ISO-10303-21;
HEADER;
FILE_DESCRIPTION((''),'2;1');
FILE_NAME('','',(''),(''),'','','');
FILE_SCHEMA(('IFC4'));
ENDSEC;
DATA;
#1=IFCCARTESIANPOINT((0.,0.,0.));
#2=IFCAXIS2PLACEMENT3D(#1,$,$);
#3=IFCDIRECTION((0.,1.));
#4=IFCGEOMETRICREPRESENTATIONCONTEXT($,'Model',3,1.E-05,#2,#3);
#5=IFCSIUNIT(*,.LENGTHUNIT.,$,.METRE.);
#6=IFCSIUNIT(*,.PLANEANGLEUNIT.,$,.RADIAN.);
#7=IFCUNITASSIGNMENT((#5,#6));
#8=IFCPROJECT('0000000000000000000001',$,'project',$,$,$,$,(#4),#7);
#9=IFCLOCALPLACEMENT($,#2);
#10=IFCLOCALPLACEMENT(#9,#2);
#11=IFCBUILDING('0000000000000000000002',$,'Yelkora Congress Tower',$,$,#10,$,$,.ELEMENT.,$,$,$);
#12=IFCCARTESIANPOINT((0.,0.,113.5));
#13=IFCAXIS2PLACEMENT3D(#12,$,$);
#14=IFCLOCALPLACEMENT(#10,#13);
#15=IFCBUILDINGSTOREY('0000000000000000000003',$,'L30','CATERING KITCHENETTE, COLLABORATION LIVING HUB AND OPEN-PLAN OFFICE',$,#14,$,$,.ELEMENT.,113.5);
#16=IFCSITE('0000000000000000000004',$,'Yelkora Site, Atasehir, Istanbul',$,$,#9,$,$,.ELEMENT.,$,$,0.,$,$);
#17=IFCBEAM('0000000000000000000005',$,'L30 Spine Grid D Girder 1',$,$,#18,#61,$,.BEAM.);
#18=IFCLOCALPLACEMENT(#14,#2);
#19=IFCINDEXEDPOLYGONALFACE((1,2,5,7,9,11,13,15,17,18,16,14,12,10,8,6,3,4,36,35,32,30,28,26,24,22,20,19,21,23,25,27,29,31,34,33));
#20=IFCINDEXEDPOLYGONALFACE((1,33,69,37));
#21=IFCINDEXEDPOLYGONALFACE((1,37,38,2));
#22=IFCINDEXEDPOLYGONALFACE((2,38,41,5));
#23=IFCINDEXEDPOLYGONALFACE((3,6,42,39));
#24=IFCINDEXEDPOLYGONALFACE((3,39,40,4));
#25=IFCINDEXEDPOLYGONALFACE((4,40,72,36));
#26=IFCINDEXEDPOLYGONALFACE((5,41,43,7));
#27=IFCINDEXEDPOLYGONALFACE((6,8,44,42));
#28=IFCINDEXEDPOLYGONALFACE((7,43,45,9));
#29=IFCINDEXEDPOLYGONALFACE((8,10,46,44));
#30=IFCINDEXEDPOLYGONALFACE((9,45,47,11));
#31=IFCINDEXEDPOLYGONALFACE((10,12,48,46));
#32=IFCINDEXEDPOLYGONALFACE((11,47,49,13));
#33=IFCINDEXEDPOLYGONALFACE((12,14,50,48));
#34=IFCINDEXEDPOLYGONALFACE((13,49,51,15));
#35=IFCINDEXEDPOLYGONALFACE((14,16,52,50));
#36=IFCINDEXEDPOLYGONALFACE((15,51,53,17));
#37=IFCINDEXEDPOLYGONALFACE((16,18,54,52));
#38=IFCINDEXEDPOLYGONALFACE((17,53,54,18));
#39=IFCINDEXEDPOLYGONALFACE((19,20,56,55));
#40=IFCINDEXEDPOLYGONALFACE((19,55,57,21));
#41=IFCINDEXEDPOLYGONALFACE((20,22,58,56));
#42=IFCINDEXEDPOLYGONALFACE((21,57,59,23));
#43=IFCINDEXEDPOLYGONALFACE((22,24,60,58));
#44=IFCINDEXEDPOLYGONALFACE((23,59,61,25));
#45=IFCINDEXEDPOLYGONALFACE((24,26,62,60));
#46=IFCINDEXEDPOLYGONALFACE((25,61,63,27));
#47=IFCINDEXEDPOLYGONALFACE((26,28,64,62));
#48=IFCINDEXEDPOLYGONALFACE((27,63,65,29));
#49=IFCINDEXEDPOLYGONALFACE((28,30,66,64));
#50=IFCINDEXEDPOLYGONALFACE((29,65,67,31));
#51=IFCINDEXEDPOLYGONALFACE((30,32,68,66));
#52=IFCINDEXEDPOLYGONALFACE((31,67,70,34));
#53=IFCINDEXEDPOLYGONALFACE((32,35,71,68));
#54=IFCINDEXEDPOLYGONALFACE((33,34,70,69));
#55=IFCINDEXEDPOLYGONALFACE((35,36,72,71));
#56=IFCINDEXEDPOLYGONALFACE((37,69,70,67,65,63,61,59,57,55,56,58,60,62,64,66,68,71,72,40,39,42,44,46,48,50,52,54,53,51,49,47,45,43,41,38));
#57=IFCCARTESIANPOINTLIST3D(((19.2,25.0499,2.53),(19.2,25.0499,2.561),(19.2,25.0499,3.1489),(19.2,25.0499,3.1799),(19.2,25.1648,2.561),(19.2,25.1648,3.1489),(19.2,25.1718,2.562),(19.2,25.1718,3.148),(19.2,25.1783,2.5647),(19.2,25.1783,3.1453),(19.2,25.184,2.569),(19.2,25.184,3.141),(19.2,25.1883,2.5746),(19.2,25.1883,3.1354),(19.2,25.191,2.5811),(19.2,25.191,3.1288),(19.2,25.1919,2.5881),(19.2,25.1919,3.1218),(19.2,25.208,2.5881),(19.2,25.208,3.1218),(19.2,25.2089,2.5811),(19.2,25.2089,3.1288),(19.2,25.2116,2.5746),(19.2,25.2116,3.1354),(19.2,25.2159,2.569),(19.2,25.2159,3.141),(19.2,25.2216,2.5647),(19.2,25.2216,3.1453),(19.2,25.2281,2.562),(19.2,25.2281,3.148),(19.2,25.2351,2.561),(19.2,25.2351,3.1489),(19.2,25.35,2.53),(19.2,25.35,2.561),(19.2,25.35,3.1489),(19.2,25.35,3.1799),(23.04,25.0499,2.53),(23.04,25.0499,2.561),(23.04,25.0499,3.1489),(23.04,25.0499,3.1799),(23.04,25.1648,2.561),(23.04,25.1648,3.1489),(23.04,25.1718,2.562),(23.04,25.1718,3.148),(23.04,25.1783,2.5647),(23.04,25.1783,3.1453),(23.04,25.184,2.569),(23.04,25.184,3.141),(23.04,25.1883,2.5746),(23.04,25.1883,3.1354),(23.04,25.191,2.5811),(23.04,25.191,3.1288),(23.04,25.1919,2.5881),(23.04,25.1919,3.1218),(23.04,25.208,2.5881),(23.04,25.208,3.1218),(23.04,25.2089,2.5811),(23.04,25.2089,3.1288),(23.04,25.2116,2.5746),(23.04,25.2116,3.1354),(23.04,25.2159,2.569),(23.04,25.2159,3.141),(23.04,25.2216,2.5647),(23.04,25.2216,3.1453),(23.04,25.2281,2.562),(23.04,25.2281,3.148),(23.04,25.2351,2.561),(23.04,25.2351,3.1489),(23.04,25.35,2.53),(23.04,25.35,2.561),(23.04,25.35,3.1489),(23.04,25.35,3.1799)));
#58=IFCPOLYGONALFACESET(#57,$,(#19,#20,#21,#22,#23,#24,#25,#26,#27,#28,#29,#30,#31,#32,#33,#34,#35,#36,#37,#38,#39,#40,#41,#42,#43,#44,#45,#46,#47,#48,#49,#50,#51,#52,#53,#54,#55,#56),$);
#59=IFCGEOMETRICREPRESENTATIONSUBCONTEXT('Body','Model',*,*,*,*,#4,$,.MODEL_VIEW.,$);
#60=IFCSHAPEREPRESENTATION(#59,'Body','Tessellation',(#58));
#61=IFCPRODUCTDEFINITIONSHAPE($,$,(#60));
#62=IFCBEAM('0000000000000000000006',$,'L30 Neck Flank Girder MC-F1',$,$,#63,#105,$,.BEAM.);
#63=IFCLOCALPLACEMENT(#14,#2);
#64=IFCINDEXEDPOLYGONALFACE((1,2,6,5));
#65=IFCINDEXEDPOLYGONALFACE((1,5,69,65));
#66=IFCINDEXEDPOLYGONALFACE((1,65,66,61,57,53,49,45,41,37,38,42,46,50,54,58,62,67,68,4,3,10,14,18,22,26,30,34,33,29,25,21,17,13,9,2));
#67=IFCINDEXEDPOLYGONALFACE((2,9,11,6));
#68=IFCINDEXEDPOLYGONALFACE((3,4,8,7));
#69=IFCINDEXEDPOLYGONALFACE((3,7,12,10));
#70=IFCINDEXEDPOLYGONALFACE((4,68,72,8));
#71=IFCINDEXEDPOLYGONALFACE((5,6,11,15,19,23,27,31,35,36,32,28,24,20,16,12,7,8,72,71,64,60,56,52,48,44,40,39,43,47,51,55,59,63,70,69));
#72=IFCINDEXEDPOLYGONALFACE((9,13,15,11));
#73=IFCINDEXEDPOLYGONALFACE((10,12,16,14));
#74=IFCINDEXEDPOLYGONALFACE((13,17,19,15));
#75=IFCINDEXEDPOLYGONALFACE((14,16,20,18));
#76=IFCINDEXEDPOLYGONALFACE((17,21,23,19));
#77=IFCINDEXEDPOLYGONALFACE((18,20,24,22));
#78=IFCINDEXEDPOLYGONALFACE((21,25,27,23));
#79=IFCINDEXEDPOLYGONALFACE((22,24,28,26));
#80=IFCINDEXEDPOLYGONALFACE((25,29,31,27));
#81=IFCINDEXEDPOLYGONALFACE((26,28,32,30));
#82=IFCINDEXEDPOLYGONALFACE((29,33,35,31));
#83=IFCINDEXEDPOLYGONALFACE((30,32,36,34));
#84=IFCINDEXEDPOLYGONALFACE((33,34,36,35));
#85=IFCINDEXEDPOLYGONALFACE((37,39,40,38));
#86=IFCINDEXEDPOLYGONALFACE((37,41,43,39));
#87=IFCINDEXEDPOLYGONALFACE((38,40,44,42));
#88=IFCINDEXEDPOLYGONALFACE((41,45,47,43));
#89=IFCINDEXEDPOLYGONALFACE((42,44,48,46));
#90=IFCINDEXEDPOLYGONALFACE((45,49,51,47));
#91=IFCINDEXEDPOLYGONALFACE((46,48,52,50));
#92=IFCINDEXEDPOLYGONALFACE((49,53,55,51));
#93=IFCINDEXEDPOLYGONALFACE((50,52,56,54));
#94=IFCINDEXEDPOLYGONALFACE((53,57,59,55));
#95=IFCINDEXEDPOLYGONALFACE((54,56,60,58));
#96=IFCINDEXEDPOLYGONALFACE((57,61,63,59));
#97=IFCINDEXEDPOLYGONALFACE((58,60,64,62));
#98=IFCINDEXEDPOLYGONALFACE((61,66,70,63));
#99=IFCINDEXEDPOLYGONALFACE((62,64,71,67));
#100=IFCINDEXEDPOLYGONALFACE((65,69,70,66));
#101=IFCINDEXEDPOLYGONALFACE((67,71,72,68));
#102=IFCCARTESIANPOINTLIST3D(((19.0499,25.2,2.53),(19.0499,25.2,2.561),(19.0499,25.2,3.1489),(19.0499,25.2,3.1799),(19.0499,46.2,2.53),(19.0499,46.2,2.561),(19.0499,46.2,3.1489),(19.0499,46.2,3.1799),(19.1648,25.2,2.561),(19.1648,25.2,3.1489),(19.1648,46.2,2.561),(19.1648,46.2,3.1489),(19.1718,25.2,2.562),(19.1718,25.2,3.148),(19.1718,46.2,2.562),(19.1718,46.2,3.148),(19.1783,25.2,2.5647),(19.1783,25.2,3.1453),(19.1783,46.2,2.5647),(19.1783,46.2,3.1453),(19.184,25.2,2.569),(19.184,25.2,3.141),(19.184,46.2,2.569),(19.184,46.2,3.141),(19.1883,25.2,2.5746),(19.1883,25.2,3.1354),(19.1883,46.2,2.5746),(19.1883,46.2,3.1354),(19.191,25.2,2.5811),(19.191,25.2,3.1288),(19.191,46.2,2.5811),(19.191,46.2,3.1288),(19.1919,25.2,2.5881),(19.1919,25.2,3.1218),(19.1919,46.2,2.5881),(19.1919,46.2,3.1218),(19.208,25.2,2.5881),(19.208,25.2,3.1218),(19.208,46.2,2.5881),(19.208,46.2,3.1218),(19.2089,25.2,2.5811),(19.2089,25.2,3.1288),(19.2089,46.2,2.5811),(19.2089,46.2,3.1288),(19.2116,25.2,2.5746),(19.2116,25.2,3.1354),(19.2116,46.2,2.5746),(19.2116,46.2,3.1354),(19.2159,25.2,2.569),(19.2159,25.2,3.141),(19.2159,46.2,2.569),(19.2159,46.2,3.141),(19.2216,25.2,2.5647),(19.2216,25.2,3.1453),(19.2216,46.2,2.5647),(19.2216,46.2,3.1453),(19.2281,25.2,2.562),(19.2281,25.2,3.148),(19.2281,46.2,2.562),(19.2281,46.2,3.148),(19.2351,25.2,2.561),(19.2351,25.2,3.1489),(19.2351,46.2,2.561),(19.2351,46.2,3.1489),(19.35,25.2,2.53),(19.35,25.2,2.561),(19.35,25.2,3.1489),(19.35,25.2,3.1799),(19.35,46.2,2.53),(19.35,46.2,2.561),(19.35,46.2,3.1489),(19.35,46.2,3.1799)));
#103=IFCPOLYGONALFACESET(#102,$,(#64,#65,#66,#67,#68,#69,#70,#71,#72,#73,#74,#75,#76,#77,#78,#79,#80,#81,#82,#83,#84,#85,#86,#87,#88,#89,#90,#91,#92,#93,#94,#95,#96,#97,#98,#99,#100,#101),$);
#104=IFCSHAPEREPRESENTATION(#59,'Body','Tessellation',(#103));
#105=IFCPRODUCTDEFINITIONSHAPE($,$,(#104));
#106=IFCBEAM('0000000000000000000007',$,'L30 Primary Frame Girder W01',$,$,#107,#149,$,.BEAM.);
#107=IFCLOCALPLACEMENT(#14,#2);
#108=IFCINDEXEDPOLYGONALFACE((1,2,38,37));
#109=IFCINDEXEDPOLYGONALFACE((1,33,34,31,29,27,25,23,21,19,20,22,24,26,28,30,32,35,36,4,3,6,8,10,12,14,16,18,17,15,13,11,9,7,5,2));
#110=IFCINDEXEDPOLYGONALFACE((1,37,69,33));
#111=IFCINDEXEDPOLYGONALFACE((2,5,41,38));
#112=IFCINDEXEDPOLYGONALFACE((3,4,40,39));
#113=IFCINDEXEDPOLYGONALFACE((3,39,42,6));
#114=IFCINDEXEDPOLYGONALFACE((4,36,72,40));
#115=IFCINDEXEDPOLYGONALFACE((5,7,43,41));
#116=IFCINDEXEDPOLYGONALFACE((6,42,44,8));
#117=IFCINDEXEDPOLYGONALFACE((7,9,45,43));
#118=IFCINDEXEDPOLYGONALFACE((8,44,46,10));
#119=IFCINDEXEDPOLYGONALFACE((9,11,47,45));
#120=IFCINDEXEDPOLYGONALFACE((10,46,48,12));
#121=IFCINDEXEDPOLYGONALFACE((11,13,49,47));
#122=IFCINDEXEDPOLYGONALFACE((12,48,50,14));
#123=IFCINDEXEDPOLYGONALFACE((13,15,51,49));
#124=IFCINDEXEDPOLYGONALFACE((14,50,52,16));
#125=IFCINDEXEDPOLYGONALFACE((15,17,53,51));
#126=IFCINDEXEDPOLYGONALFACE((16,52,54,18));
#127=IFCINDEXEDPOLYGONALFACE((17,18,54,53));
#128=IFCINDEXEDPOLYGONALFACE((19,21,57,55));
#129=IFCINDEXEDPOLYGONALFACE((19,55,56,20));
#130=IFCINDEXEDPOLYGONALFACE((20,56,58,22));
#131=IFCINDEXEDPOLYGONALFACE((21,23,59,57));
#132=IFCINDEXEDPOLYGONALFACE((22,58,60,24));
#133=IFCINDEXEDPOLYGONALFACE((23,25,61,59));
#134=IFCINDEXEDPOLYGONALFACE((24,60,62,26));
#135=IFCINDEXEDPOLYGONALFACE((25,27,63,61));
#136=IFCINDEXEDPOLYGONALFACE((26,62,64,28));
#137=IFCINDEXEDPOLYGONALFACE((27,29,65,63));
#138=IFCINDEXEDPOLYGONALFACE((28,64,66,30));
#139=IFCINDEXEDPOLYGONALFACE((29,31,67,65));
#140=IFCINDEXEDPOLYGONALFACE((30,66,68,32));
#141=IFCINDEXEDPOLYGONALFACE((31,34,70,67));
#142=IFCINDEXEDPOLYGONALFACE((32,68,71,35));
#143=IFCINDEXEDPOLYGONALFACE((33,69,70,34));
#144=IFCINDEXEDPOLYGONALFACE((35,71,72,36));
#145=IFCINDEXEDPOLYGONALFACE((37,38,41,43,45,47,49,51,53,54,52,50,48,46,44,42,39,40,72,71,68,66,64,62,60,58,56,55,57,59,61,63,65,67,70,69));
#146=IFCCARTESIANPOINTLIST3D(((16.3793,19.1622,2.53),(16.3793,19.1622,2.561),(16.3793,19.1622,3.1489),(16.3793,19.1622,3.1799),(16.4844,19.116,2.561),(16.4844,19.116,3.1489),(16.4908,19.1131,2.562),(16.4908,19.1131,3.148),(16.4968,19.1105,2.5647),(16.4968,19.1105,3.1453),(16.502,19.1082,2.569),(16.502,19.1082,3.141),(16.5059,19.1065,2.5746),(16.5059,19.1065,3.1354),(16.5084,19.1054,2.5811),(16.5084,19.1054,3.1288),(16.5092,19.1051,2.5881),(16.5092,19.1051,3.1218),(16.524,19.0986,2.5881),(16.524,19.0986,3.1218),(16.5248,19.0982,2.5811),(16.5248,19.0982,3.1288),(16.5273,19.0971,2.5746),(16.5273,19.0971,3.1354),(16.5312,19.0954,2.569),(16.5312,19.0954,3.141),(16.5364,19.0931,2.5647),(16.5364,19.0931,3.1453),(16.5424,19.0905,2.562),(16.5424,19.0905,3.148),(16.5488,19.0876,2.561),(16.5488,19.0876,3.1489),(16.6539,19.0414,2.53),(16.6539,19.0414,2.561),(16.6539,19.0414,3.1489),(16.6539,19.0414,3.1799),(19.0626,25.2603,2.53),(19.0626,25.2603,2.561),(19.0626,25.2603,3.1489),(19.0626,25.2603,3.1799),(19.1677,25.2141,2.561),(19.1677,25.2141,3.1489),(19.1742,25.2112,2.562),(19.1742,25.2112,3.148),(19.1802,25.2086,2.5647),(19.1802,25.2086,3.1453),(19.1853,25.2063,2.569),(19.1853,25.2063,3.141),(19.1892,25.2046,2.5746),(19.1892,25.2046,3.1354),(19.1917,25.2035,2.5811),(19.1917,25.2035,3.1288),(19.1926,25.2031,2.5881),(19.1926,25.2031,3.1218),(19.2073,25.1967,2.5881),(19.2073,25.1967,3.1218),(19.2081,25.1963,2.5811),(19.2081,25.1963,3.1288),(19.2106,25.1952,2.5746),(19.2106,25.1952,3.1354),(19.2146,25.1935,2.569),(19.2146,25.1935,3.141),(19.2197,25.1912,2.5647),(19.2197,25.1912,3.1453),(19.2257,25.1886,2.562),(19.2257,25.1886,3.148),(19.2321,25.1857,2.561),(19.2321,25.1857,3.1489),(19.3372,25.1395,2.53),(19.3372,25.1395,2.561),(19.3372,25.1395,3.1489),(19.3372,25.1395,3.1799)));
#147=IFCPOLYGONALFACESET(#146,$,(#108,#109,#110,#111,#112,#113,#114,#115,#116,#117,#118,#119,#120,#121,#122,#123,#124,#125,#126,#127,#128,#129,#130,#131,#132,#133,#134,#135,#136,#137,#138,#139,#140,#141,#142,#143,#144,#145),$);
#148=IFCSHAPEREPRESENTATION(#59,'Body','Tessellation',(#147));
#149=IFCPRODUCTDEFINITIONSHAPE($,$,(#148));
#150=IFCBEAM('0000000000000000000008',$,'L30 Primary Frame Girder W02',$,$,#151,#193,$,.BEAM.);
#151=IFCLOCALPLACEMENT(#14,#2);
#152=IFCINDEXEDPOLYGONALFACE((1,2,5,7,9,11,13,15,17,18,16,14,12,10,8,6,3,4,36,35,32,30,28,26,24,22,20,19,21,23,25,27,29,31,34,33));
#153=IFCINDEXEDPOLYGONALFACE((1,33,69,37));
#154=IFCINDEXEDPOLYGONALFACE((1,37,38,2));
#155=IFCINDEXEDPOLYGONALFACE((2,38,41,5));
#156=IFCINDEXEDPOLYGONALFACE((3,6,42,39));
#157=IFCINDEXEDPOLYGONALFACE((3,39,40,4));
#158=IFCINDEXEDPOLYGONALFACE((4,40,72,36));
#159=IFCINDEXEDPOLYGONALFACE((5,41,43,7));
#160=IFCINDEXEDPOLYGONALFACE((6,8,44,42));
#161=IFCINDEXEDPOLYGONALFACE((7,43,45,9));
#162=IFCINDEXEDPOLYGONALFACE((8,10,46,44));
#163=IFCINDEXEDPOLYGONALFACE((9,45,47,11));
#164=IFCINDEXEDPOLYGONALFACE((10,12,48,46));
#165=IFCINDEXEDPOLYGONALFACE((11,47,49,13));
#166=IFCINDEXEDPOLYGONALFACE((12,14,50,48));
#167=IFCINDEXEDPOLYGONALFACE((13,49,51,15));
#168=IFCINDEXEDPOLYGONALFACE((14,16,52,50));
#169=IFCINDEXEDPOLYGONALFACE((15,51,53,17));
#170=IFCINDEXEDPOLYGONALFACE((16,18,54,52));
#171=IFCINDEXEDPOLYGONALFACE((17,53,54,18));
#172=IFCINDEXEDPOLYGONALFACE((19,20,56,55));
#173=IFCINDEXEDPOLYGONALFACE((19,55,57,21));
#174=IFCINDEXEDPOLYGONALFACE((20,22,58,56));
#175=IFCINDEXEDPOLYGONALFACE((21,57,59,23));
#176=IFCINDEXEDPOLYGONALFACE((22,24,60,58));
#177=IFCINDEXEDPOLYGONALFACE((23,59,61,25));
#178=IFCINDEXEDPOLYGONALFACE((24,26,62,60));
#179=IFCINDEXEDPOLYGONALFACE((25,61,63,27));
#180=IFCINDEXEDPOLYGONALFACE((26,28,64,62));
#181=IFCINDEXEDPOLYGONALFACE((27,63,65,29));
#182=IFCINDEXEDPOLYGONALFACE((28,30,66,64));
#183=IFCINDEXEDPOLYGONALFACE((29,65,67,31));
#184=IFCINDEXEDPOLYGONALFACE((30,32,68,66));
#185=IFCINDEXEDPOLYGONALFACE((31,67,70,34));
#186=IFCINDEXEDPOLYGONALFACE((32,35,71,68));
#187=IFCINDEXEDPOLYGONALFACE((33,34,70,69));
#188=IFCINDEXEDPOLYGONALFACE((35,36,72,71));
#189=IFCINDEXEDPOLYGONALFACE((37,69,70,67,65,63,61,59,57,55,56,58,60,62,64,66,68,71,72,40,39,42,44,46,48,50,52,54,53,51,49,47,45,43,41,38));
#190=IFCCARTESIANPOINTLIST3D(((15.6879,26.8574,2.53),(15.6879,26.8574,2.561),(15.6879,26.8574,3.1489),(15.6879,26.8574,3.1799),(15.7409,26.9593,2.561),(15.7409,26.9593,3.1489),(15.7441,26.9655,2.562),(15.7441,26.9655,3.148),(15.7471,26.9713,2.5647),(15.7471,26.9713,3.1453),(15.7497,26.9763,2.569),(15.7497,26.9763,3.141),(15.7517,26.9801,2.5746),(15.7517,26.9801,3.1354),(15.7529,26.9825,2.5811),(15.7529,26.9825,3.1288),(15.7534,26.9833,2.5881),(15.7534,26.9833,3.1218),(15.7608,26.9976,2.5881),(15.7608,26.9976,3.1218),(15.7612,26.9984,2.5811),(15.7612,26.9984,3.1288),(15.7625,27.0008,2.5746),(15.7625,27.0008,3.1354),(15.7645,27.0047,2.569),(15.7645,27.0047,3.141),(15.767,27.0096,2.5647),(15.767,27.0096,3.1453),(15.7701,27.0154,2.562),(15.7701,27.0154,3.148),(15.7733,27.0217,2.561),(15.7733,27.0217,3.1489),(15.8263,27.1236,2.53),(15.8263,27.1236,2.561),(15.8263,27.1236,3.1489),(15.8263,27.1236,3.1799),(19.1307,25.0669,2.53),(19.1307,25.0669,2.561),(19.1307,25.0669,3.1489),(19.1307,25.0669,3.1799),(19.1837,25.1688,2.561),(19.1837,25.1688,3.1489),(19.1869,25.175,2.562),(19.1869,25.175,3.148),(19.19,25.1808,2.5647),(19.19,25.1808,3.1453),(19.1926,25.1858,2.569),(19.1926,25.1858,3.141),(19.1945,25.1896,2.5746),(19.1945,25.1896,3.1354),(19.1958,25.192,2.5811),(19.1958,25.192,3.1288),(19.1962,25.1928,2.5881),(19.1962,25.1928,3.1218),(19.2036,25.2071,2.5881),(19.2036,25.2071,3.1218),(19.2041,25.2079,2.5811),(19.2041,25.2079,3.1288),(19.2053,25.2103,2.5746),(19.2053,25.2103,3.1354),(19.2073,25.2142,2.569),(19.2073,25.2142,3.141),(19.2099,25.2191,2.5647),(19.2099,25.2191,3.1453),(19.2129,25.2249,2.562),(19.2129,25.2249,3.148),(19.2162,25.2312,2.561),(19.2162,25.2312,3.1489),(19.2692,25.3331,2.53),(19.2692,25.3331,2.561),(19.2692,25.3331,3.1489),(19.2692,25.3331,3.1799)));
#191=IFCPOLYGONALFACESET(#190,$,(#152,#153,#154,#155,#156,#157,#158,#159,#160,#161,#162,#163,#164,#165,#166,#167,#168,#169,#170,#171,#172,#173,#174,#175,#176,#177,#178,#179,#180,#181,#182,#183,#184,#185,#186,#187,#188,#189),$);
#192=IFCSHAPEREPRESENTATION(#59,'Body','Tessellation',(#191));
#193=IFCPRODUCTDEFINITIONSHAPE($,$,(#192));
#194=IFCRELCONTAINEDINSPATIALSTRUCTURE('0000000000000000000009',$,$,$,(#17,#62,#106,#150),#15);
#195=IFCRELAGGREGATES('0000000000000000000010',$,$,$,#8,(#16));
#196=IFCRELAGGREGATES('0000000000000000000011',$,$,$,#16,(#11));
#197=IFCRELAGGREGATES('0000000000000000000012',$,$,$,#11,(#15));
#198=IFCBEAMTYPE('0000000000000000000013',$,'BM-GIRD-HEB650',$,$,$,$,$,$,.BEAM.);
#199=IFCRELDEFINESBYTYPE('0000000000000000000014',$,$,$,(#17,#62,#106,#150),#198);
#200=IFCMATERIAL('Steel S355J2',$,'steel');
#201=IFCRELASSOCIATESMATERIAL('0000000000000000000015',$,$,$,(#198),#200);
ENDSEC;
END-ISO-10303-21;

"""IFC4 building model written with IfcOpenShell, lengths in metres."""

from ifc_helpers import new_model, si_unit, direction, frame, origin, origin_2d, place, context, subcontext, project, spatial, i_section, extrude, material, material_profile, profile_set, type_object, element, save


model = new_model("IFC4")

# Units and contexts
model_context = context("Model", 3, precision=1e-05, world=origin(), true_north=direction((0.0, 1.0)))
body_context = subcontext(model_context, "Body", "Model", "MODEL_VIEW")
ifc_project = project(units=[si_unit("LENGTHUNIT", "METRE"), si_unit("PLANEANGLEUNIT", "RADIAN")], contexts=[model_context])

# Site, building, storey
site_placement = place(None, origin())
site = spatial("IfcSite", under=ifc_project, at=site_placement, Name="Yelkora Site, Atasehir, Istanbul", CompositionType="ELEMENT", RefElevation=0.0)
building_placement = place(site_placement, origin())
building = spatial("IfcBuilding", under=site, at=building_placement, Name="Yelkora Congress Tower", CompositionType="ELEMENT")
storey_placement = place(building_placement, frame((0.0, 0.0, 113.5)))
storey = spatial("IfcBuildingStorey", under=building, at=storey_placement, Name="L30", Description="CATERING KITCHENETTE, COLLABORATION LIVING HUB AND OPEN-PLAN OFFICE", CompositionType="ELEMENT", Elevation=113.5)

# Beams
ifc_material_1 = material(Name="Steel S355J2", Category="steel")
ifc_material_profile_1 = material_profile(ifc_material_1, i_section(OverallWidth=0.3, OverallDepth=0.6499, WebThickness=0.0161, FlangeThickness=0.031, FilletRadius=0.0271, at=origin_2d()), Name="HEB 650")
ifc_profile_set_1 = profile_set([ifc_material_profile_1], Name="Steel S355J2")
beam_type_1 = type_object("IfcBeamType", Name="BM-GIRD-HEB650", PredefinedType="BEAM", material=ifc_profile_set_1)
beam_1_placement = place(storey_placement, frame((19.2, 25.2, 2.855), z_axis=(1.0, 0.0, 0.0), x_axis=(0.0, 1.0, 0.0)))
element("IfcBeam", 1, at=beam_1_placement, inside=storey, type_object=beam_type_1, Name="L30 Spine Grid D Girder 1", PredefinedType="BEAM", context=body_context, shape_type="SweptSolid", body=[
    extrude(i_section(OverallWidth=0.3, OverallDepth=0.6499, WebThickness=0.0161, FlangeThickness=0.031, FilletRadius=0.0271, at=origin_2d()), origin(), (0.0, 0.0, 1.0), 3.8401),
])
beam_2_placement = place(storey_placement, frame((19.2, 25.2, 2.855), z_axis=(0.0, 1.0, 0.0), x_axis=(-1.0, 0.0, 0.0)))
element("IfcBeam", 2, at=beam_2_placement, inside=storey, type_object=beam_type_1, Name="L30 Neck Flank Girder MC-F1", PredefinedType="BEAM", context=body_context, shape_type="SweptSolid", body=[
    extrude(i_section(OverallWidth=0.3, OverallDepth=0.6499, WebThickness=0.0161, FlangeThickness=0.031, FilletRadius=0.0271, at=origin_2d()), origin(), (0.0, 0.0, 1.0), 21.0),
])
beam_3_placement = place(storey_placement, frame((16.5166, 19.1018, 2.855), z_axis=(0.402759, 0.915306, 0.0), x_axis=(-0.915306, 0.402759, 0.0)))
element("IfcBeam", 3, at=beam_3_placement, inside=storey, type_object=beam_type_1, Name="L30 Primary Frame Girder W01", PredefinedType="BEAM", context=body_context, shape_type="SweptSolid", body=[
    extrude(i_section(OverallWidth=0.3, OverallDepth=0.6499, WebThickness=0.0161, FlangeThickness=0.031, FilletRadius=0.0271, at=origin_2d()), origin(), (0.0, 0.0, 1.0), 6.6624),
])
beam_4_placement = place(storey_placement, frame((15.7571, 26.9905, 2.855), z_axis=(0.887192, -0.4614, 0.0), x_axis=(0.4614, 0.887192, 0.0)))
element("IfcBeam", 4, at=beam_4_placement, inside=storey, type_object=beam_type_1, Name="L30 Primary Frame Girder W02", PredefinedType="BEAM", context=body_context, shape_type="SweptSolid", body=[
    extrude(i_section(OverallWidth=0.3, OverallDepth=0.6499, WebThickness=0.0161, FlangeThickness=0.031, FilletRadius=0.0271, at=origin_2d()), origin(), (0.0, 0.0, 1.0), 3.8806),
])

save(model, "model.ifc")
